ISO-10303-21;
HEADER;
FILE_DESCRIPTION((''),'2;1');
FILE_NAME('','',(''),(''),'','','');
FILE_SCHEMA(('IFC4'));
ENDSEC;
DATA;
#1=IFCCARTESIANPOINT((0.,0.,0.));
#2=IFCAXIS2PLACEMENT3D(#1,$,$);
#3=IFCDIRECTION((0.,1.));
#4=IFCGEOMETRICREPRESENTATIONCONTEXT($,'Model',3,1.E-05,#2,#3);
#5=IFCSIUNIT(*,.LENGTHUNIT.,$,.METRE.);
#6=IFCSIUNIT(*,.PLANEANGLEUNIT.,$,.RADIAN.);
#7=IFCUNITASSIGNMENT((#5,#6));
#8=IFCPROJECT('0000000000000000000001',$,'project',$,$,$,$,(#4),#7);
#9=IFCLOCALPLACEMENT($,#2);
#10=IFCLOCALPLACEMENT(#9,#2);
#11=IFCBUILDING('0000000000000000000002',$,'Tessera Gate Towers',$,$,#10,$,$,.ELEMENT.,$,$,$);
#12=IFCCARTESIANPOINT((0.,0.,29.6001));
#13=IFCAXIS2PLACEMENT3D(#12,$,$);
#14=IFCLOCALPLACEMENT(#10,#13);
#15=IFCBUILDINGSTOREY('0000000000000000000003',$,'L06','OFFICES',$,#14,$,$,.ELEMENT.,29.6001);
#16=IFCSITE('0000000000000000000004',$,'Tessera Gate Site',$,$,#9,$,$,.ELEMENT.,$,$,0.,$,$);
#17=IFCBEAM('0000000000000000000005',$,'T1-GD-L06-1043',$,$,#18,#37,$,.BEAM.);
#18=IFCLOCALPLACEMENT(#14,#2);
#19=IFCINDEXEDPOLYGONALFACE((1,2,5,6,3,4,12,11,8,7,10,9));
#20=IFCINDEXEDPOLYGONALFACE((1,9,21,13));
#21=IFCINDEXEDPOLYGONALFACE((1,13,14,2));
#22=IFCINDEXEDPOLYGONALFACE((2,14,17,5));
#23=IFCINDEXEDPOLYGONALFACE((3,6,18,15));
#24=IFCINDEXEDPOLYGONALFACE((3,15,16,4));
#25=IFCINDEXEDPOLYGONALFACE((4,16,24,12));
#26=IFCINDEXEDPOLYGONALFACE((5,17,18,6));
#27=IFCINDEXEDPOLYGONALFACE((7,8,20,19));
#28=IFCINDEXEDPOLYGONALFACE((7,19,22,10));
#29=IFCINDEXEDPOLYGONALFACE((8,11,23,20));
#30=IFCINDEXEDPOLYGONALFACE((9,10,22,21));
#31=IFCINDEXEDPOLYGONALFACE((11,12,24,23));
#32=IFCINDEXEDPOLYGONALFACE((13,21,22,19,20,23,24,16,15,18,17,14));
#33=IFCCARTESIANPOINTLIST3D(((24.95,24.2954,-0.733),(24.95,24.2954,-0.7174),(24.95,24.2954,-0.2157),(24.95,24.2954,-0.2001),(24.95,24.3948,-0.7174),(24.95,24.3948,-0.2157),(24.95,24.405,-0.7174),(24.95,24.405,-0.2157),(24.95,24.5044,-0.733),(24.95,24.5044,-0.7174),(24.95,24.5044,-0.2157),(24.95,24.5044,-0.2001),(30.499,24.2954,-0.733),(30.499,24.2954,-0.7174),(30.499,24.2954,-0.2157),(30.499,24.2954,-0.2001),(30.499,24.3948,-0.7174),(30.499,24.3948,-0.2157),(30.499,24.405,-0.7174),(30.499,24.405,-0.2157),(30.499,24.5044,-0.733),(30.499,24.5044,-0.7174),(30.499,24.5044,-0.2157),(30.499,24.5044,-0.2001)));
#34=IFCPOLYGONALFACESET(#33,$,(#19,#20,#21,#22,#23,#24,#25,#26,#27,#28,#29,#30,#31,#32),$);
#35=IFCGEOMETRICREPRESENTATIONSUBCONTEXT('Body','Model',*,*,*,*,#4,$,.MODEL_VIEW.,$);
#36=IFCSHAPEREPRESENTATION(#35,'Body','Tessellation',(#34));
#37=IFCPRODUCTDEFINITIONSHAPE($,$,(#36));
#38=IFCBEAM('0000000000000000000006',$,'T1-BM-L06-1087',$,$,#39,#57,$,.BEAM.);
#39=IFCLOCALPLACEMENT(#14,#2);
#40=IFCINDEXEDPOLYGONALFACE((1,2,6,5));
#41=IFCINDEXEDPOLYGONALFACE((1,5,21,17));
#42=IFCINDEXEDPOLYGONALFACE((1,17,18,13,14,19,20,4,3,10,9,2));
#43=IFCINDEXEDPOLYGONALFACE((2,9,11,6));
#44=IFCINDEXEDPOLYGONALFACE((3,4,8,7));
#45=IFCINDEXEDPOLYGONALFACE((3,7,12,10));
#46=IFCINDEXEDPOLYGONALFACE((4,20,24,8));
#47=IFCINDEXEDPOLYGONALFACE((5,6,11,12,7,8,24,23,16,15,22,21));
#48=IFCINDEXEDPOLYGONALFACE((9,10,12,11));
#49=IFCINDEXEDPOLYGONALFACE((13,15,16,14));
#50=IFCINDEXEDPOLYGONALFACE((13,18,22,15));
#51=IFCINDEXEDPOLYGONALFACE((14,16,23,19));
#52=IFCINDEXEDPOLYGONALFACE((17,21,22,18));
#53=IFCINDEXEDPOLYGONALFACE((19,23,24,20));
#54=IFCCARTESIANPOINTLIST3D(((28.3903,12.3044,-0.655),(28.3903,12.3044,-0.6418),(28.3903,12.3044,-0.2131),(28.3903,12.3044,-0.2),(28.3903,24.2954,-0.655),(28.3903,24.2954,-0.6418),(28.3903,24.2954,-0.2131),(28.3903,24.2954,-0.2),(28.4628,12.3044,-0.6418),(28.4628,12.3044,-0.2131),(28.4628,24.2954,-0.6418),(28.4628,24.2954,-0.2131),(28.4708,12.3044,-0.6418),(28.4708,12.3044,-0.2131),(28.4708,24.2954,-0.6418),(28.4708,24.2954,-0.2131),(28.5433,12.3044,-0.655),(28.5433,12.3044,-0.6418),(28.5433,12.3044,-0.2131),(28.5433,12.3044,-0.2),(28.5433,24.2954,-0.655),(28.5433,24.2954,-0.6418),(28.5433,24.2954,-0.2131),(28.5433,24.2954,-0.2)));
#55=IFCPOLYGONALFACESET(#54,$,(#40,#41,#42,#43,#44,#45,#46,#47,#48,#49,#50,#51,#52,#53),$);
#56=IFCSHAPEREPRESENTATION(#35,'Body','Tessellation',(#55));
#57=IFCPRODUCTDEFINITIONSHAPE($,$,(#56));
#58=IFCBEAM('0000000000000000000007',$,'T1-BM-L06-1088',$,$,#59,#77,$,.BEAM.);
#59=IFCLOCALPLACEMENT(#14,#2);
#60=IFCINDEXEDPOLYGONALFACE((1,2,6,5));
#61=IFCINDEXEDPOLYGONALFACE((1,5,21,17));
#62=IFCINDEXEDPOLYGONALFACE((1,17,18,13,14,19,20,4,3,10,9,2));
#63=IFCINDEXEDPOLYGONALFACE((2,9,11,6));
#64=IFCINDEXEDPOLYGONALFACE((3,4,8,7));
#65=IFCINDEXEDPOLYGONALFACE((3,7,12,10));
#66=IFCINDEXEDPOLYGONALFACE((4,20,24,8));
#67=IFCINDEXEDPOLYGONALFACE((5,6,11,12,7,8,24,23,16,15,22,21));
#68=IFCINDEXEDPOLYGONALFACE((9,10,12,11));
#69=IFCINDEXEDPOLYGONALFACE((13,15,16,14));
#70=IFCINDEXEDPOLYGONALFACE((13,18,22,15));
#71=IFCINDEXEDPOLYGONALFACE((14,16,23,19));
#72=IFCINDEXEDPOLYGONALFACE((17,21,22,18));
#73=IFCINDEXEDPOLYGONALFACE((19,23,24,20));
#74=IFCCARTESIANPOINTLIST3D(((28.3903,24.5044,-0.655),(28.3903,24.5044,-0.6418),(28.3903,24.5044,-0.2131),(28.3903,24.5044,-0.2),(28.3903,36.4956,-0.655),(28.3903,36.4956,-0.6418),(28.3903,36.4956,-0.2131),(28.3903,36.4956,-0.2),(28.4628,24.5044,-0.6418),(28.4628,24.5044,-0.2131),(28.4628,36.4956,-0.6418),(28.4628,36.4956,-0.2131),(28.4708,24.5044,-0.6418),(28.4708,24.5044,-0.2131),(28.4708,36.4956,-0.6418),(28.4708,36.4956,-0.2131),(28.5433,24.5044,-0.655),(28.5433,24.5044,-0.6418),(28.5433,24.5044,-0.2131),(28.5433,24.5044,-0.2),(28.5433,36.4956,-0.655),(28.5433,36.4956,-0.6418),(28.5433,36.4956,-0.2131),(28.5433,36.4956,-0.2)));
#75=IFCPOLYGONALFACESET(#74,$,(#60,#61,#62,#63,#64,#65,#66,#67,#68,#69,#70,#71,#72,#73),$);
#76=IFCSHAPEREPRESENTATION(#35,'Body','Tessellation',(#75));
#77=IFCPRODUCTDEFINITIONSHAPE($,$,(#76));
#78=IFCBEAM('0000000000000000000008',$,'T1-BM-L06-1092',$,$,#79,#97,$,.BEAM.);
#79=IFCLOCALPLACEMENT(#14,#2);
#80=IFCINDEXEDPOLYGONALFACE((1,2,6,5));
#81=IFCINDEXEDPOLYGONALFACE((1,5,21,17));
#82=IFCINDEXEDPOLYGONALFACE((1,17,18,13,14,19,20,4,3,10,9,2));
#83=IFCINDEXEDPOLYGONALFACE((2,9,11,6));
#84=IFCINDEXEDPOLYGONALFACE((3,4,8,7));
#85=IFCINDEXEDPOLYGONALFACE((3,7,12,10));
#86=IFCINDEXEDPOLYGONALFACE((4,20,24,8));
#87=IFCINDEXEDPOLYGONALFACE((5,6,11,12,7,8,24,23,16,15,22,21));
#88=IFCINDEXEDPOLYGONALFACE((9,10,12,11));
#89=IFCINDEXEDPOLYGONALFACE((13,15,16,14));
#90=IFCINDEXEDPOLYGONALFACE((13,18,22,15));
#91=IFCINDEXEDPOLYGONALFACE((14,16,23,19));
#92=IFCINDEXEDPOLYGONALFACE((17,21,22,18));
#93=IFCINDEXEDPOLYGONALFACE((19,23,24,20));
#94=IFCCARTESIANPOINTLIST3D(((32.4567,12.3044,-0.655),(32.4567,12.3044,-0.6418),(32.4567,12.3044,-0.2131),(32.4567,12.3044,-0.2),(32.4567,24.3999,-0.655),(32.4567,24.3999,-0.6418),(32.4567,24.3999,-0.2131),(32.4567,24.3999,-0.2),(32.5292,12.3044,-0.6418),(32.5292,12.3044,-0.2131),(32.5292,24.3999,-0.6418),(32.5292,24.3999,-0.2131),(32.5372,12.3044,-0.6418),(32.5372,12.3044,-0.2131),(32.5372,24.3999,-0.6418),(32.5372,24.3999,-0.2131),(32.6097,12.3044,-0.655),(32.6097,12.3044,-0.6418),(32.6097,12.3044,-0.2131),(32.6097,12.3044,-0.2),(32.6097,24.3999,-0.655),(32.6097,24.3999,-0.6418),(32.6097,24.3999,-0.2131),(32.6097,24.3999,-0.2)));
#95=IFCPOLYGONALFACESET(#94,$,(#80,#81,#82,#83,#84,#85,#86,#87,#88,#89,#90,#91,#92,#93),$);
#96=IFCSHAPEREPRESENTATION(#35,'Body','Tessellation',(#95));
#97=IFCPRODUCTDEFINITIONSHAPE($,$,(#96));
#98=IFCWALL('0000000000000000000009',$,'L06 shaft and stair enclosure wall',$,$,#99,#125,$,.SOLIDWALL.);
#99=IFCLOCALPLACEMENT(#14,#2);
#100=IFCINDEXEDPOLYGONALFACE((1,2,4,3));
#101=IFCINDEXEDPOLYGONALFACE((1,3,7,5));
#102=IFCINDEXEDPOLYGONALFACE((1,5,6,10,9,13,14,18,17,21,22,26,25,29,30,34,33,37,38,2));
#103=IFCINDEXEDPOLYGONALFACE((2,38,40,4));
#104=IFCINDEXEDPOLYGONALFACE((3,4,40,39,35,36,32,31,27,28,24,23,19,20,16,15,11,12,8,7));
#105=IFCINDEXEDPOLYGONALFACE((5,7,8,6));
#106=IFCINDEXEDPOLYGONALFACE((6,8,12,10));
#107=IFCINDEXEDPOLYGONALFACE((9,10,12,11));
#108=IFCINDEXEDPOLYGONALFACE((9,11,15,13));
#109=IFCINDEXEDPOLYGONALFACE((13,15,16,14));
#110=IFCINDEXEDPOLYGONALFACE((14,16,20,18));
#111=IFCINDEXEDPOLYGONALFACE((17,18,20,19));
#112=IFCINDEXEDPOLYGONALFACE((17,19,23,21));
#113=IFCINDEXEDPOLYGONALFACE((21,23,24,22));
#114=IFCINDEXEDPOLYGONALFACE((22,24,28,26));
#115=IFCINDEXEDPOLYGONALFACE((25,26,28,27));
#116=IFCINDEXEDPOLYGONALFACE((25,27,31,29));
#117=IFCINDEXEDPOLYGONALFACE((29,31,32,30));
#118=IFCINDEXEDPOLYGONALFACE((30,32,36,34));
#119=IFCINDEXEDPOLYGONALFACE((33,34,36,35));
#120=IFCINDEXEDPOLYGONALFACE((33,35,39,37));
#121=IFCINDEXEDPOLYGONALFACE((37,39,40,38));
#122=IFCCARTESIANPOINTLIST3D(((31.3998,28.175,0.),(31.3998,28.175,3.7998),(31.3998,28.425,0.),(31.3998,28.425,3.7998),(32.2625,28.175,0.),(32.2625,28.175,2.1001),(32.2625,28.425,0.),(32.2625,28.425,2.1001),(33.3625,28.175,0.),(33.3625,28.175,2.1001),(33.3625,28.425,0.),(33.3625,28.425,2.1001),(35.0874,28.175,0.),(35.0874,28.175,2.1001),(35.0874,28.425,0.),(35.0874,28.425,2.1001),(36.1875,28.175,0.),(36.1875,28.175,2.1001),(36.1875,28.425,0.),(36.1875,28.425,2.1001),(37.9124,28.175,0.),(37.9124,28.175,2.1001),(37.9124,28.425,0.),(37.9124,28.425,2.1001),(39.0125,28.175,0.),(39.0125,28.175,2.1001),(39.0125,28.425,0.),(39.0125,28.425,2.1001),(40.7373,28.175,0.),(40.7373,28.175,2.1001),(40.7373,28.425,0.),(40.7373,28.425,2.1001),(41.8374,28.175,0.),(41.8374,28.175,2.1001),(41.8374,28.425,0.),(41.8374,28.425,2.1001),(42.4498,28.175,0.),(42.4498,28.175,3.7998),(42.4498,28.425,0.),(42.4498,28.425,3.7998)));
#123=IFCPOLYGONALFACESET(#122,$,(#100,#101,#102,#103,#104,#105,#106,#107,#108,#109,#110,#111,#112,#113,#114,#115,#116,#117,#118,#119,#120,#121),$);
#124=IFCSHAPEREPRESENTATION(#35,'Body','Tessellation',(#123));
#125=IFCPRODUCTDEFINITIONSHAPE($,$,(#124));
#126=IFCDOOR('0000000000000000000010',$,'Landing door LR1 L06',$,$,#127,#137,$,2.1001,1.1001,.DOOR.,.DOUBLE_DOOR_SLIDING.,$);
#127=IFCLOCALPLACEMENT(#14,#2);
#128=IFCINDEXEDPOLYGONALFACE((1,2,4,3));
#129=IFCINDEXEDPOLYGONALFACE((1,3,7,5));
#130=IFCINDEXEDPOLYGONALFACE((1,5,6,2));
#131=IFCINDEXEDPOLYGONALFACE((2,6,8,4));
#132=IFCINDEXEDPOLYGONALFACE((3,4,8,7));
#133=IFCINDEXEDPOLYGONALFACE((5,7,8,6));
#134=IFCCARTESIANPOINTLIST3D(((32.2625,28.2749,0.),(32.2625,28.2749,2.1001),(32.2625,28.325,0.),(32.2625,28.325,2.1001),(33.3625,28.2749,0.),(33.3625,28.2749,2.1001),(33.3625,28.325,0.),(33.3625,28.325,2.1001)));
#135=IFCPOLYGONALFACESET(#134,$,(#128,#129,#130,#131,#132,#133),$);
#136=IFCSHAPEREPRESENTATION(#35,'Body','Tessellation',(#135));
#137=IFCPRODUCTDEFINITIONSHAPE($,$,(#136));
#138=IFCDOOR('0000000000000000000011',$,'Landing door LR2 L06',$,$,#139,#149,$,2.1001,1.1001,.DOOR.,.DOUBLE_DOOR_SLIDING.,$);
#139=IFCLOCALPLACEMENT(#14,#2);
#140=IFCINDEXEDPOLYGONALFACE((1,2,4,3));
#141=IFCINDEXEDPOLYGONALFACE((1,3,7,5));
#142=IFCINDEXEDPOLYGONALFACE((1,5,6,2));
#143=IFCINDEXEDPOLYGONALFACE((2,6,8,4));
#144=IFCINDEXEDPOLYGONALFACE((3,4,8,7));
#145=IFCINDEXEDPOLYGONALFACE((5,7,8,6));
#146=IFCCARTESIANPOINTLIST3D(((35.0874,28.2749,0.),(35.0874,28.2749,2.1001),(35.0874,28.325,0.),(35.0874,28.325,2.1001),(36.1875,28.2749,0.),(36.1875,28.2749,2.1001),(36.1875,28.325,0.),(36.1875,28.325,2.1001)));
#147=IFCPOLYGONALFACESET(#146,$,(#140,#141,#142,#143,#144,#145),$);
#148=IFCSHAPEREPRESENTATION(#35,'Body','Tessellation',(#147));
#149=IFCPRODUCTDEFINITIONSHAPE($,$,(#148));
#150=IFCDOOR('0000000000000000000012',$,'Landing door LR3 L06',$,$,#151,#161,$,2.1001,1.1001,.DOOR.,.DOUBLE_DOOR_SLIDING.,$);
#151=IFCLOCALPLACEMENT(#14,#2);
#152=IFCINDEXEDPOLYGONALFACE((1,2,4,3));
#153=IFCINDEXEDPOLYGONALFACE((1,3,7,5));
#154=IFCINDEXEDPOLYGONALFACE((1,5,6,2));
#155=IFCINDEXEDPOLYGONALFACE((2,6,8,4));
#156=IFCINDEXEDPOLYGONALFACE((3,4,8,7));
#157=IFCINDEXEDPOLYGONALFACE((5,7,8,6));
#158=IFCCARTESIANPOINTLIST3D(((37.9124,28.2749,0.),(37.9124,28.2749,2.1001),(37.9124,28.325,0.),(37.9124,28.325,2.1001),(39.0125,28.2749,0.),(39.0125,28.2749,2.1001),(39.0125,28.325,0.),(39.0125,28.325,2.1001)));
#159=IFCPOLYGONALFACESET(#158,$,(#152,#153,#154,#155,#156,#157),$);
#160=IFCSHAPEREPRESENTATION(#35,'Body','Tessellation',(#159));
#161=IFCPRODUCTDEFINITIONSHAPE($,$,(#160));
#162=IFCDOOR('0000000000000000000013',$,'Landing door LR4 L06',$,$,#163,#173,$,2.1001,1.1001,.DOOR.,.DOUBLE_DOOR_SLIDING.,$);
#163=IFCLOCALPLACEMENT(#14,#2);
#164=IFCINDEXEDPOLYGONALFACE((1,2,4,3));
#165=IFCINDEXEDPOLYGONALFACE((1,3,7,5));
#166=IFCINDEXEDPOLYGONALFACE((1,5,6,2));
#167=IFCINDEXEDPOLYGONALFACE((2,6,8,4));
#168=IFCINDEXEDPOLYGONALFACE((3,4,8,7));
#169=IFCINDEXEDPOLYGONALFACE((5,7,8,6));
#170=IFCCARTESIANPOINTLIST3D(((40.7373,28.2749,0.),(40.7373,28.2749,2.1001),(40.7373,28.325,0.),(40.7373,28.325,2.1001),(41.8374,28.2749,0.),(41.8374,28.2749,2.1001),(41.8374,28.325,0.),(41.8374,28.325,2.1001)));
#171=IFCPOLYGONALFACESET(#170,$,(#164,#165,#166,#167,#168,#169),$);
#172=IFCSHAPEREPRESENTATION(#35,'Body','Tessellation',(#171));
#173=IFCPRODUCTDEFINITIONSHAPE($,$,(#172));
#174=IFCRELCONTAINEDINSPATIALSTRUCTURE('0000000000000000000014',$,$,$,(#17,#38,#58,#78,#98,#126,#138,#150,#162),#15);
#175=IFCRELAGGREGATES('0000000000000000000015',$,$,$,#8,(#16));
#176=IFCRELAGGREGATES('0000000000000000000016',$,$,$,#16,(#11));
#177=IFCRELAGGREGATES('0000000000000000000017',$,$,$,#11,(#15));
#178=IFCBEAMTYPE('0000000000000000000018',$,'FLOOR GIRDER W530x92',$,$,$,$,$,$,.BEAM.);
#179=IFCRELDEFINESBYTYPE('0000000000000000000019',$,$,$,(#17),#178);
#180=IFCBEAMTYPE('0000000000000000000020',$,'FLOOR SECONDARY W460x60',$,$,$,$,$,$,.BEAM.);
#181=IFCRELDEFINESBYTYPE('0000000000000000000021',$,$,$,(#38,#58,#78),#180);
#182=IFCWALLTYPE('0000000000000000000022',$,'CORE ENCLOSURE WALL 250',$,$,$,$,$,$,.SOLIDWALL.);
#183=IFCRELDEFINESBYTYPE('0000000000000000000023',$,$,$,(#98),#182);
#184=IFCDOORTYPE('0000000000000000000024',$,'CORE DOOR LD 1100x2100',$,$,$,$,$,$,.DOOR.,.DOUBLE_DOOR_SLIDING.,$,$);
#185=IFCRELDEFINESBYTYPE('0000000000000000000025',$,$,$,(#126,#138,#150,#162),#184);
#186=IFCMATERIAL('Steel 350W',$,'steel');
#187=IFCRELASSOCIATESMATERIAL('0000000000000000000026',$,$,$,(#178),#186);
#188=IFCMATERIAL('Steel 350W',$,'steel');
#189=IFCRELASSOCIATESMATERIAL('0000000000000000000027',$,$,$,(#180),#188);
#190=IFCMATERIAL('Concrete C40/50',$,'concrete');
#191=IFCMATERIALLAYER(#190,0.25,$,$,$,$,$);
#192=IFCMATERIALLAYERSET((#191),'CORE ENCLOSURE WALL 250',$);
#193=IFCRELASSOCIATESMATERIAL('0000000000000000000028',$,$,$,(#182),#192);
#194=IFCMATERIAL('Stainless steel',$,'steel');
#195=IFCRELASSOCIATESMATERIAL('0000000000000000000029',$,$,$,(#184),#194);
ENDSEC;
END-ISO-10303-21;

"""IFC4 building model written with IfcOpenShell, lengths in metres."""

from ifc_helpers import new_model, si_unit, direction, frame, frame_2d, origin, origin_2d, place, context, subcontext, project, spatial, rectangle, i_section, extrude, source, transform, mapped, material, layer, layer_set, material_profile, profile_set, type_object, element, fill, save


model = new_model("IFC4")

# Units and contexts
model_context = context("Model", 3, precision=1e-05, world=origin(), true_north=direction((0.0, 1.0)))
body_context = subcontext(model_context, "Body", "Model", "MODEL_VIEW")
ifc_project = project(units=[si_unit("LENGTHUNIT", "METRE"), si_unit("PLANEANGLEUNIT", "RADIAN")], contexts=[model_context])

# Site, building, storey
site_placement = place(None, origin())
site = spatial("IfcSite", under=ifc_project, at=site_placement, Name="Tessera Gate Site", CompositionType="ELEMENT", RefElevation=0.0)
building_placement = place(site_placement, origin())
building = spatial("IfcBuilding", under=site, at=building_placement, Name="Tessera Gate Towers", CompositionType="ELEMENT")
storey_placement = place(building_placement, frame((0.0, 0.0, 29.6001)))
storey = spatial("IfcBuildingStorey", under=building, at=storey_placement, Name="L06", Description="OFFICES", CompositionType="ELEMENT", Elevation=29.6001)

# Beams
ifc_material_1 = material(Name="Steel 350W", Category="steel")
ifc_material_profile_1 = material_profile(ifc_material_1, i_section(OverallWidth=0.209, OverallDepth=0.533, WebThickness=0.0103, FlangeThickness=0.0156, at=origin_2d()), Name="W530x92")
ifc_profile_set_1 = profile_set([ifc_material_profile_1], Name="Steel 350W")
beam_type_1 = type_object("IfcBeamType", Name="FLOOR GIRDER W530x92", PredefinedType="BEAM", material=ifc_profile_set_1)
beam_1_placement = place(storey_placement, frame((24.95, 24.3999, -0.4666), z_axis=(1.0, 0.0, 0.0), x_axis=(0.0, 1.0, 0.0)))
element("IfcBeam", 1, at=beam_1_placement, inside=storey, type_object=beam_type_1, Name="T1-GD-L06-1043", PredefinedType="BEAM", context=body_context, shape_type="SweptSolid", body=[
    extrude(i_section(OverallWidth=0.209, OverallDepth=0.533, WebThickness=0.0103, FlangeThickness=0.0156, at=origin_2d()), origin(), (0.0, 0.0, 1.0), 5.5491),
])
ifc_material_2 = material(Name="Steel 350W", Category="steel")
ifc_material_profile_2 = material_profile(ifc_material_2, i_section(OverallWidth=0.1531, OverallDepth=0.4551, WebThickness=0.0081, FlangeThickness=0.0132, at=origin_2d()), Name="W460x60")
ifc_profile_set_2 = profile_set([ifc_material_profile_2], Name="Steel 350W")
beam_type_2 = type_object("IfcBeamType", Name="FLOOR SECONDARY W460x60", PredefinedType="BEAM", material=ifc_profile_set_2)
beam_2_placement = place(storey_placement, frame((28.4668, 12.3044, -0.4275), z_axis=(0.0, 1.0, 0.0), x_axis=(-1.0, 0.0, 0.0)))
element("IfcBeam", 2, at=beam_2_placement, inside=storey, type_object=beam_type_2, Name="T1-BM-L06-1087", PredefinedType="BEAM", context=body_context, shape_type="SweptSolid", body=[
    extrude(i_section(OverallWidth=0.1531, OverallDepth=0.4551, WebThickness=0.0081, FlangeThickness=0.0132, at=origin_2d()), origin(), (0.0, 0.0, 1.0), 11.991),
])
beam_3_placement = place(storey_placement, frame((28.4668, 24.5044, -0.4275), z_axis=(0.0, 1.0, 0.0), x_axis=(-1.0, 0.0, 0.0)))
element("IfcBeam", 3, at=beam_3_placement, inside=storey, type_object=beam_type_2, Name="T1-BM-L06-1088", PredefinedType="BEAM", context=body_context, shape_type="SweptSolid", body=[
    extrude(i_section(OverallWidth=0.1531, OverallDepth=0.4551, WebThickness=0.0081, FlangeThickness=0.0132, at=origin_2d()), origin(), (0.0, 0.0, 1.0), 11.9912),
])
beam_4_placement = place(storey_placement, frame((32.5332, 12.3044, -0.4275), z_axis=(0.0, 1.0, 0.0), x_axis=(-1.0, 0.0, 0.0)))
element("IfcBeam", 4, at=beam_4_placement, inside=storey, type_object=beam_type_2, Name="T1-BM-L06-1092", PredefinedType="BEAM", context=body_context, shape_type="SweptSolid", body=[
    extrude(i_section(OverallWidth=0.1531, OverallDepth=0.4551, WebThickness=0.0081, FlangeThickness=0.0132, at=origin_2d()), origin(), (0.0, 0.0, 1.0), 12.0955),
])

# Wall, openings, doors
ifc_material_3 = material(Name="Concrete C40/50", Category="concrete")
ifc_layer_1 = layer(ifc_material_3, 0.25)
ifc_layer_set_1 = layer_set([ifc_layer_1], Name="CORE ENCLOSURE WALL 250")
wall_type_1 = type_object("IfcWallType", Name="CORE ENCLOSURE WALL 250", PredefinedType="SOLIDWALL", material=ifc_layer_set_1)
wall_1_placement = place(storey_placement, frame((31.3999, 28.3, 0.0), z_axis=(0.0, 0.0, 1.0), x_axis=(1.0, 0.0, 0.0)))
wall_1 = element("IfcWall", 5, at=wall_1_placement, inside=storey, type_object=wall_type_1, Name="L06 shaft and stair enclosure wall", PredefinedType="SOLIDWALL", context=body_context, shape_type="SweptSolid", body=[
    extrude(rectangle(XDim=11.05, YDim=0.25, at=frame_2d((5.5249, 0.0))), origin(), (0.0, 0.0, 1.0), 3.7998),
])
shared_shape_1 = source(origin(), body_context, "Body", "SweptSolid", [
    extrude(rectangle(XDim=1.1001, YDim=2.1001, at=frame_2d((0.55, 1.05))), frame((0.0, 0.135, 0.0), z_axis=(0.0, -1.0, 0.0), x_axis=(1.0, 0.0, 0.0)), (0.0, 0.0, 1.0), 0.27),
])
opening_1_placement = place(wall_1_placement, frame((0.8625, 0.0, 0.0)))
opening_1 = element("IfcOpeningElement", 6, at=opening_1_placement, cuts=wall_1, PredefinedType="OPENING", context=body_context, shape_type="MappedRepresentation", body=[
    mapped(shared_shape_1, transform((0.0, 0.0, 0.0), scale=1.0)),
])
opening_2_placement = place(wall_1_placement, frame((3.6875, 0.0, 0.0)))
opening_2 = element("IfcOpeningElement", 7, at=opening_2_placement, cuts=wall_1, PredefinedType="OPENING", context=body_context, shape_type="MappedRepresentation", body=[
    mapped(shared_shape_1, transform((0.0, 0.0, 0.0), scale=1.0)),
])
opening_3_placement = place(wall_1_placement, frame((6.5125, 0.0, 0.0)))
opening_3 = element("IfcOpeningElement", 8, at=opening_3_placement, cuts=wall_1, PredefinedType="OPENING", context=body_context, shape_type="MappedRepresentation", body=[
    mapped(shared_shape_1, transform((0.0, 0.0, 0.0), scale=1.0)),
])
opening_4_placement = place(wall_1_placement, frame((9.3374, 0.0, 0.0)))
opening_4 = element("IfcOpeningElement", 9, at=opening_4_placement, cuts=wall_1, PredefinedType="OPENING", context=body_context, shape_type="MappedRepresentation", body=[
    mapped(shared_shape_1, transform((0.0, 0.0, 0.0), scale=1.0)),
])
ifc_material_4 = material(Name="Stainless steel", Category="steel")
door_type_1 = type_object("IfcDoorType", Name="CORE DOOR LD 1100x2100", OperationType="DOUBLE_DOOR_SLIDING", PredefinedType="DOOR", material=ifc_material_4)
shared_shape_2 = source(origin(), body_context, "Body", "SweptSolid", [
    extrude(rectangle(XDim=1.1001, YDim=2.1001, at=frame_2d((0.55, 1.05))), frame((0.0, 0.0249, 0.0), z_axis=(0.0, -1.0, 0.0), x_axis=(1.0, 0.0, 0.0)), (0.0, 0.0, 1.0), 0.05),
])
door_1_placement = place(opening_1_placement, origin())
door_1 = element("IfcDoor", 10, at=door_1_placement, inside=storey, type_object=door_type_1, Name="Landing door LR1 L06", OperationType="DOUBLE_DOOR_SLIDING", OverallHeight=2.1001, OverallWidth=1.1001, PredefinedType="DOOR", context=body_context, shape_type="MappedRepresentation", body=[
    mapped(shared_shape_2, transform((0.0, 0.0, 0.0), scale=1.0)),
])
fill(opening_1, door_1)
door_2_placement = place(opening_2_placement, origin())
door_2 = element("IfcDoor", 11, at=door_2_placement, inside=storey, type_object=door_type_1, Name="Landing door LR2 L06", OperationType="DOUBLE_DOOR_SLIDING", OverallHeight=2.1001, OverallWidth=1.1001, PredefinedType="DOOR", context=body_context, shape_type="MappedRepresentation", body=[
    mapped(shared_shape_2, transform((0.0, 0.0, 0.0), scale=1.0)),
])
fill(opening_2, door_2)
door_3_placement = place(opening_3_placement, origin())
door_3 = element("IfcDoor", 12, at=door_3_placement, inside=storey, type_object=door_type_1, Name="Landing door LR3 L06", OperationType="DOUBLE_DOOR_SLIDING", OverallHeight=2.1001, OverallWidth=1.1001, PredefinedType="DOOR", context=body_context, shape_type="MappedRepresentation", body=[
    mapped(shared_shape_2, transform((0.0, 0.0, 0.0), scale=1.0)),
])
fill(opening_3, door_3)
door_4_placement = place(opening_4_placement, origin())
door_4 = element("IfcDoor", 13, at=door_4_placement, inside=storey, type_object=door_type_1, Name="Landing door LR4 L06", OperationType="DOUBLE_DOOR_SLIDING", OverallHeight=2.1001, OverallWidth=1.1001, PredefinedType="DOOR", context=body_context, shape_type="MappedRepresentation", body=[
    mapped(shared_shape_2, transform((0.0, 0.0, 0.0), scale=1.0)),
])
fill(opening_4, door_4)

save(model, "model.ifc")
